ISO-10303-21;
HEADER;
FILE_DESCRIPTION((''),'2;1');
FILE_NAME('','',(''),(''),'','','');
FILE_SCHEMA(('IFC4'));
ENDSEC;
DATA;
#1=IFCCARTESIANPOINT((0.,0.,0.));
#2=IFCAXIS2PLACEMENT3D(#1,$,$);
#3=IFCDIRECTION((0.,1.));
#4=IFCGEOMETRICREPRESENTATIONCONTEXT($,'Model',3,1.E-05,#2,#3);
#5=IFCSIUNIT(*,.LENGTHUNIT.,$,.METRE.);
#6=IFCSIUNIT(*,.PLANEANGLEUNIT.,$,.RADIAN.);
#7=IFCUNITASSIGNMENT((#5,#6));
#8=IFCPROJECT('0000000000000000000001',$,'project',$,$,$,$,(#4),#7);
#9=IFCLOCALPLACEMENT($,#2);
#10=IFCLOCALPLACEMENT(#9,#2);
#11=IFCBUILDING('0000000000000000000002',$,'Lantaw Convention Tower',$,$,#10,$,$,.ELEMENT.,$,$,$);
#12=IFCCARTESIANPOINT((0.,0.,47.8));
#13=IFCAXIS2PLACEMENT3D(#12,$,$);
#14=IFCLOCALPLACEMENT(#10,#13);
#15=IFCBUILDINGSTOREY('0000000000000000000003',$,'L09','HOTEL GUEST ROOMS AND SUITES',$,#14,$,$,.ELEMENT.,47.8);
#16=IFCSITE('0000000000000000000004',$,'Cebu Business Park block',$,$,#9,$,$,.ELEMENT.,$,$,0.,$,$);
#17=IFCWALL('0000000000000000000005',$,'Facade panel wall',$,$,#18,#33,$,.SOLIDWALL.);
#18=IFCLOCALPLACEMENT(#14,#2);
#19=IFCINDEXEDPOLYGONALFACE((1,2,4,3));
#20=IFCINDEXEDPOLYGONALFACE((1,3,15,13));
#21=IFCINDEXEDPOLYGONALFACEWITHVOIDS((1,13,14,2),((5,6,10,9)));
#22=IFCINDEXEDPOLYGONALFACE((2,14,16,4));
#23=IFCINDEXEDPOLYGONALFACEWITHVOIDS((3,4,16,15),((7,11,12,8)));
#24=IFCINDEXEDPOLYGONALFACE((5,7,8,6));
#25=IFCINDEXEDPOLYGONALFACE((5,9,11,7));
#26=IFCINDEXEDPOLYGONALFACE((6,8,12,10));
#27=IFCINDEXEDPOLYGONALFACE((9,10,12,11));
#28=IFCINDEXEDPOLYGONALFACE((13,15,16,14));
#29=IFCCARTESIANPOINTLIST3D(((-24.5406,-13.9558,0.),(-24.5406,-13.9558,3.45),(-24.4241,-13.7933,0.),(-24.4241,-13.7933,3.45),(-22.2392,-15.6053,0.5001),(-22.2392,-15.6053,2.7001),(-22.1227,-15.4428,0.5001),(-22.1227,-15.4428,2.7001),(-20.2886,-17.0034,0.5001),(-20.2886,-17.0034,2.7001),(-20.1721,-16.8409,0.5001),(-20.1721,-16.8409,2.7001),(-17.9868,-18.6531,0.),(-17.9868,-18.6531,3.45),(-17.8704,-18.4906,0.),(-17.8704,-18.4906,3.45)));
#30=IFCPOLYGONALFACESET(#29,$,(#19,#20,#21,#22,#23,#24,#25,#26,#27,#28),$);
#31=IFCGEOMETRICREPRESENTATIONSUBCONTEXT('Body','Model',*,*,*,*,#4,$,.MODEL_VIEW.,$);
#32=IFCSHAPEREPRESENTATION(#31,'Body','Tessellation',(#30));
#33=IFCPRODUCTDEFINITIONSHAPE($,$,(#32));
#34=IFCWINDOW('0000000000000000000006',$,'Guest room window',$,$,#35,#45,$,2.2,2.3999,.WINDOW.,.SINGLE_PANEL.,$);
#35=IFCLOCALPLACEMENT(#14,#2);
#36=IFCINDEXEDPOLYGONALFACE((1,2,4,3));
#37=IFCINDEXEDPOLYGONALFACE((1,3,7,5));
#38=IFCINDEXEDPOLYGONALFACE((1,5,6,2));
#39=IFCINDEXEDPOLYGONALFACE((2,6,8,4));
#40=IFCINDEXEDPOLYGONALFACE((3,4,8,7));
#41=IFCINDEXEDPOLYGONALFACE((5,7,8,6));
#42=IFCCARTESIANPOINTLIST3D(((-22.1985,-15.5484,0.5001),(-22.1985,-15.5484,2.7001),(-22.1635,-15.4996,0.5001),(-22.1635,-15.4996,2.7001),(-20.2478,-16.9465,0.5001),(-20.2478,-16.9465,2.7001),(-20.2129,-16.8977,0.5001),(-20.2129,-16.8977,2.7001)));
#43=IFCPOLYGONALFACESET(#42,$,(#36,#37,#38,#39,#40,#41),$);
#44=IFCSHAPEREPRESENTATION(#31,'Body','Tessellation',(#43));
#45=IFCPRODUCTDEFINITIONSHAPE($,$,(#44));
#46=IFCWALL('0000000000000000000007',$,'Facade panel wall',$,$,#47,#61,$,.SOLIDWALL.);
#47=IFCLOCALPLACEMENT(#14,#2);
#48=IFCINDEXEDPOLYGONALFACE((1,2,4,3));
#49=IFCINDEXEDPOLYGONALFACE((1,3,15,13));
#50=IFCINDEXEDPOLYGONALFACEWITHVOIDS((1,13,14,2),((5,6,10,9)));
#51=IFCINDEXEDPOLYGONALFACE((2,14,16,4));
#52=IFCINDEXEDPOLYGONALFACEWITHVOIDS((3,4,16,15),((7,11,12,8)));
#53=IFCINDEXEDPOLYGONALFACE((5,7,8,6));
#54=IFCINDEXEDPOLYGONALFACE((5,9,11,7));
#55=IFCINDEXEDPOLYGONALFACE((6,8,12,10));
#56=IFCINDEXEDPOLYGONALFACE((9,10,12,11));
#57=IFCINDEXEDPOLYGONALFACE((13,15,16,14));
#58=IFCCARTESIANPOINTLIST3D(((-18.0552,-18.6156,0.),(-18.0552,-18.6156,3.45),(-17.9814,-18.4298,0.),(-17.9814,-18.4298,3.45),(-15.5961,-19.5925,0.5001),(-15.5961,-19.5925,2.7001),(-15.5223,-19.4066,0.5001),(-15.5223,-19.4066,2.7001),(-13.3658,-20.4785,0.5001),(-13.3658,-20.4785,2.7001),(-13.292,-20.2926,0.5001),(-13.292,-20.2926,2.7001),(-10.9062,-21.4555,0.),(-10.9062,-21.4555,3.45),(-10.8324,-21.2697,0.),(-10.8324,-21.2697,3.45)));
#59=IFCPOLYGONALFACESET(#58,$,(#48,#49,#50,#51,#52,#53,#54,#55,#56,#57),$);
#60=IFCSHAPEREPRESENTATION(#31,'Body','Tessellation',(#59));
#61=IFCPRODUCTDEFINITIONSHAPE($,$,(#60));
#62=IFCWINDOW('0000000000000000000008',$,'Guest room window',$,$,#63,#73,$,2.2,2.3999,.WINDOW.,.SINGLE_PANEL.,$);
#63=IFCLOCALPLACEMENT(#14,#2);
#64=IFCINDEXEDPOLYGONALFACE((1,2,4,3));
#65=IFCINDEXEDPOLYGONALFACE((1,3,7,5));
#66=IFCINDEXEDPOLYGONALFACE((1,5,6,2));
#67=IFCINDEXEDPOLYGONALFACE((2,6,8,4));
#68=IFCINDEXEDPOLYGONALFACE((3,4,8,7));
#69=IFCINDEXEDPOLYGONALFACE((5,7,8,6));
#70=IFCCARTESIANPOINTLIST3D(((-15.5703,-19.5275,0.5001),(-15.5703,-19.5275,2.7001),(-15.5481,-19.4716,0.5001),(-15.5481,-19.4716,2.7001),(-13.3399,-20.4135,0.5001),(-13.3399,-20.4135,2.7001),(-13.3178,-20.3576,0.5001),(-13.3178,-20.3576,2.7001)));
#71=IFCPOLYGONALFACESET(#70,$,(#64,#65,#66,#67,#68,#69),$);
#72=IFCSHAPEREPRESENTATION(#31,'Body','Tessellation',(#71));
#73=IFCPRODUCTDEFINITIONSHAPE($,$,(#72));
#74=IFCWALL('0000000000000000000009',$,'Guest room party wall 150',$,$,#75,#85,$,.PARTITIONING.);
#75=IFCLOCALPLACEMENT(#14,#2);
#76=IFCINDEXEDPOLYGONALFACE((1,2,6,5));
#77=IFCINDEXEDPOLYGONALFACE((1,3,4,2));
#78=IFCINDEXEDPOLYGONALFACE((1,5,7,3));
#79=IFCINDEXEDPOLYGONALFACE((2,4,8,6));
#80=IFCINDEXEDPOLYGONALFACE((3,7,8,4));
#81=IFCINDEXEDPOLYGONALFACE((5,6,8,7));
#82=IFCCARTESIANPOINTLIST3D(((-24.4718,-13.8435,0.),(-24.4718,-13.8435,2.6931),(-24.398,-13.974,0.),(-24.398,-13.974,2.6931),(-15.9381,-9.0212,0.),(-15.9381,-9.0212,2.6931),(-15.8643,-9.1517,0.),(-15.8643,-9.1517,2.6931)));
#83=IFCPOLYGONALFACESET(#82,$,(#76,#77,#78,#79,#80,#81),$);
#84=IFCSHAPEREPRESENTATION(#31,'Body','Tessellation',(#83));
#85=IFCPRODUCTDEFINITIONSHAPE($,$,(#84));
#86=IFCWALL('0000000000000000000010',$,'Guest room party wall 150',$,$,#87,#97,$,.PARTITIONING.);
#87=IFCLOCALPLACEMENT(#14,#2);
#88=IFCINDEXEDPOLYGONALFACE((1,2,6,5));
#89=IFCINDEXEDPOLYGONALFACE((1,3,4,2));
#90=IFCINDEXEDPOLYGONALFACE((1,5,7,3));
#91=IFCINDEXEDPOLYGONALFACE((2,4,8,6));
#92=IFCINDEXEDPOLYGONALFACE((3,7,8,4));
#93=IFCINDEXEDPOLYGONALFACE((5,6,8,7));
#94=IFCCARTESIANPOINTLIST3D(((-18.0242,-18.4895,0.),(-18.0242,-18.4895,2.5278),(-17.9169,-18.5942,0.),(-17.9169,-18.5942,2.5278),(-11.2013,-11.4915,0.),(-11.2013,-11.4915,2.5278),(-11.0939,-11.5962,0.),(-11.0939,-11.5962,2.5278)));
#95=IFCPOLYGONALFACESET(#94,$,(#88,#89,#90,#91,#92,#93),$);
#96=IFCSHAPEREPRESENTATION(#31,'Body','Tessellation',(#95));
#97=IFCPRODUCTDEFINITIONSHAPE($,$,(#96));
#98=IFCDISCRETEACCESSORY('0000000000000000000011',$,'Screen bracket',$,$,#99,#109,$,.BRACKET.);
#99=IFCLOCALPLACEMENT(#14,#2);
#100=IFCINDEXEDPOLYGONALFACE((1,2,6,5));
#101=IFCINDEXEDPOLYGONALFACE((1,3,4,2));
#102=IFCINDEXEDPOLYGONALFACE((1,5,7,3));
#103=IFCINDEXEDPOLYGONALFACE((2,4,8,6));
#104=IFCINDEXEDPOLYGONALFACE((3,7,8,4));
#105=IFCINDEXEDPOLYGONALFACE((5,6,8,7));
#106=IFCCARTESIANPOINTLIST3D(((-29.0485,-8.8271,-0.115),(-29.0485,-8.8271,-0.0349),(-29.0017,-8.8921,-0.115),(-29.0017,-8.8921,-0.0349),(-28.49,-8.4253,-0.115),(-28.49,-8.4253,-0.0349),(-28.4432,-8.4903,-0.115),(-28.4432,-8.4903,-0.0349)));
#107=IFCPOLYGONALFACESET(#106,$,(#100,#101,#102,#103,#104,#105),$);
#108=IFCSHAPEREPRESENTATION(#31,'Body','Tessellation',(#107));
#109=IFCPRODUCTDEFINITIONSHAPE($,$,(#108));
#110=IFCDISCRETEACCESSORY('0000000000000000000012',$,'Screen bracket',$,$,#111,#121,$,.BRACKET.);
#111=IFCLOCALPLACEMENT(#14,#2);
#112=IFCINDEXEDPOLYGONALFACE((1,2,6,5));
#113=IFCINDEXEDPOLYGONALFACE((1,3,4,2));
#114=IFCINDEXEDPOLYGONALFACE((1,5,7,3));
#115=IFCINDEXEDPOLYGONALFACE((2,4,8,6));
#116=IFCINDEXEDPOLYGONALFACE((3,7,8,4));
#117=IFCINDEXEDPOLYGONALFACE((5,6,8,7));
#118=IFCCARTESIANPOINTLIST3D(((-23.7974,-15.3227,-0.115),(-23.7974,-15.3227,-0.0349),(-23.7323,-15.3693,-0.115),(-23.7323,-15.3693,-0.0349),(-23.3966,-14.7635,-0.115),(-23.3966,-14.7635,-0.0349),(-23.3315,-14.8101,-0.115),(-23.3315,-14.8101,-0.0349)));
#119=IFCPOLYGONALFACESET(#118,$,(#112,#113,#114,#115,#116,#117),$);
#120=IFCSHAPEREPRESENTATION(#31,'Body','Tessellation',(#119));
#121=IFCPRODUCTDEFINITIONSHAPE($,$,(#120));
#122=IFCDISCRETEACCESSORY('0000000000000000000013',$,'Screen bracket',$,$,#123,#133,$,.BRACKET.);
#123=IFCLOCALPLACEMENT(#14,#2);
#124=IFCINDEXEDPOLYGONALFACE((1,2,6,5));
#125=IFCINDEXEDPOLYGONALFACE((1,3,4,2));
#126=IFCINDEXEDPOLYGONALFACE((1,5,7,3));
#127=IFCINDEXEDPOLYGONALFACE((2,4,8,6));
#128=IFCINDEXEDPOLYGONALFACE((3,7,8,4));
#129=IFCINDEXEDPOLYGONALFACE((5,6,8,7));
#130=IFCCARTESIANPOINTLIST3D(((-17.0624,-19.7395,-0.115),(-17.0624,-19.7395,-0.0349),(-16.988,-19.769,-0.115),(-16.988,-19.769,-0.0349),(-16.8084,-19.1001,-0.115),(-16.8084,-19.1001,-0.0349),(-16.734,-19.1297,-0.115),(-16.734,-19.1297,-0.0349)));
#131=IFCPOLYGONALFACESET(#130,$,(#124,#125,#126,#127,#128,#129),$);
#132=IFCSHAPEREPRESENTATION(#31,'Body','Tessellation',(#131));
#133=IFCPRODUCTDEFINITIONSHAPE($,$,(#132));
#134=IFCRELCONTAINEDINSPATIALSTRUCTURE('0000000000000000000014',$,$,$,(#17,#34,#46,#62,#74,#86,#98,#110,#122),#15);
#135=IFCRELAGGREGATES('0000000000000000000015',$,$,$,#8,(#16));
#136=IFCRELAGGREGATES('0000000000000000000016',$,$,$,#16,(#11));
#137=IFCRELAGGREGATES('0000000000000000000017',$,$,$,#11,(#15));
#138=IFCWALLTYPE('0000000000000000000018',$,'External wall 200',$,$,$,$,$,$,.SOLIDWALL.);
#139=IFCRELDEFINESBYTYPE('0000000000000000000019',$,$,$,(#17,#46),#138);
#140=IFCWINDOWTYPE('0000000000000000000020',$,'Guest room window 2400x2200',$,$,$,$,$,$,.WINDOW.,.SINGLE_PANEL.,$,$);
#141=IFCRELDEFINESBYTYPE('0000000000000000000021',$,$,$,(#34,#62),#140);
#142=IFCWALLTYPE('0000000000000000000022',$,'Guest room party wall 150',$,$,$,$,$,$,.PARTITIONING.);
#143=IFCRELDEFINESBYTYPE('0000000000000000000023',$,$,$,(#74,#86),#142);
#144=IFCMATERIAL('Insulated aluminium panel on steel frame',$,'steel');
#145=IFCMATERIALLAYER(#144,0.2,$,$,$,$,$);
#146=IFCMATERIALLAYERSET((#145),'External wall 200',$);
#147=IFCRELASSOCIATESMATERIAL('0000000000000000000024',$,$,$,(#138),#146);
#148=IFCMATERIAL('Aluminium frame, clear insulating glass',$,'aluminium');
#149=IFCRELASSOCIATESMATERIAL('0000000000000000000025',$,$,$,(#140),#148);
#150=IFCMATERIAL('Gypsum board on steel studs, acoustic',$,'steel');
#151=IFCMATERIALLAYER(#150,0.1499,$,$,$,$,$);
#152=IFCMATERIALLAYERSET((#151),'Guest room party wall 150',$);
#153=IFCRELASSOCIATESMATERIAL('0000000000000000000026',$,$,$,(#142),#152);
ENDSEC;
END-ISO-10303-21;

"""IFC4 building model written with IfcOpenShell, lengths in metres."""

from ifc_helpers import new_model, si_unit, direction, frame, frame_2d, origin, origin_2d, place, context, subcontext, project, spatial, rectangle, extrude, material, layer, layer_set, type_object, element, fill, save


model = new_model("IFC4")

# Units and contexts
model_context = context("Model", 3, precision=1e-05, world=origin(), true_north=direction((0.0, 1.0)))
body_context = subcontext(model_context, "Body", "Model", "MODEL_VIEW")
ifc_project = project(units=[si_unit("LENGTHUNIT", "METRE"), si_unit("PLANEANGLEUNIT", "RADIAN")], contexts=[model_context])

# Site, building, storey
site_placement = place(None, origin())
site = spatial("IfcSite", under=ifc_project, at=site_placement, Name="Cebu Business Park block", CompositionType="ELEMENT", RefElevation=0.0)
building_placement = place(site_placement, origin())
building = spatial("IfcBuilding", under=site, at=building_placement, Name="Lantaw Convention Tower", CompositionType="ELEMENT")
storey_placement = place(building_placement, frame((0.0, 0.0, 47.8)))
storey = spatial("IfcBuildingStorey", under=building, at=storey_placement, Name="L09", Description="HOTEL GUEST ROOMS AND SUITES", CompositionType="ELEMENT", Elevation=47.8)

# Walls, openings, windows
ifc_material_1 = material(Name="Insulated aluminium panel on steel frame", Category="steel")
ifc_layer_1 = layer(ifc_material_1, 0.2)
ifc_layer_set_1 = layer_set([ifc_layer_1], Name="External wall 200")
wall_type_1 = type_object("IfcWallType", Name="External wall 200", PredefinedType="SOLIDWALL", material=ifc_layer_set_1)
wall_1_placement = place(storey_placement, frame((-24.4824, -13.8745, 0.0), z_axis=(0.0, 0.0, 1.0), x_axis=(0.812791, -0.582555, 0.0)))
wall_1 = element("IfcWall", 1, at=wall_1_placement, inside=storey, type_object=wall_type_1, Name="Facade panel wall", PredefinedType="SOLIDWALL", context=body_context, shape_type="SweptSolid", body=[
    extrude(rectangle(XDim=8.0632, YDim=0.2, at=frame_2d((4.0317, 0.0))), origin(), (0.0, 0.0, 1.0), 3.45),
])
opening_1_placement = place(wall_1_placement, frame((2.8315, 0.0, 0.5)))
opening_1 = element("IfcOpeningElement", 2, at=opening_1_placement, cuts=wall_1, PredefinedType="OPENING", context=body_context, shape_type="SweptSolid", body=[
    extrude(rectangle(XDim=2.3999, YDim=2.2, at=frame_2d((1.2, 1.1001))), frame((0.0, 0.1099, 0.0), z_axis=(0.0, -1.0, 0.0), x_axis=(1.0, 0.0, 0.0)), (0.0, 0.0, 1.0), 0.22),
])
ifc_material_2 = material(Name="Aluminium frame, clear insulating glass", Category="aluminium")
window_type = type_object("IfcWindowType", Name="Guest room window 2400x2200", PartitioningType="SINGLE_PANEL", PredefinedType="WINDOW", material=ifc_material_2)
window_1_placement = place(opening_1_placement, origin())
window_1 = element("IfcWindow", 3, at=window_1_placement, inside=storey, type_object=window_type, Name="Guest room window", OverallHeight=2.2, OverallWidth=2.3999, PartitioningType="SINGLE_PANEL", PredefinedType="WINDOW", context=body_context, shape_type="SweptSolid", body=[
    extrude(rectangle(XDim=2.3999, YDim=2.2, at=frame_2d((1.2, 1.1001))), frame((0.0, 0.03, 0.0), z_axis=(0.0, -1.0, 0.0), x_axis=(1.0, 0.0, 0.0)), (0.0, 0.0, 1.0), 0.0601),
])
fill(opening_1, window_1)
wall_2_placement = place(storey_placement, frame((-18.0183, -18.5227, 0.0), z_axis=(0.0, 0.0, 1.0), x_axis=(0.929358, -0.369179, 0.0)))
wall_2 = element("IfcWall", 4, at=wall_2_placement, inside=storey, type_object=wall_type_1, Name="Facade panel wall", PredefinedType="SOLIDWALL", context=body_context, shape_type="SweptSolid", body=[
    extrude(rectangle(XDim=7.6924, YDim=0.2, at=frame_2d((3.8462, 0.0))), origin(), (0.0, 0.0, 1.0), 3.45),
])
opening_2_placement = place(wall_2_placement, frame((2.646, 0.0, 0.5)))
opening_2 = element("IfcOpeningElement", 5, at=opening_2_placement, cuts=wall_2, PredefinedType="OPENING", context=body_context, shape_type="SweptSolid", body=[
    extrude(rectangle(XDim=2.3999, YDim=2.2, at=frame_2d((1.2, 1.1001))), frame((0.0, 0.1099, 0.0), z_axis=(0.0, -1.0, 0.0), x_axis=(1.0, 0.0, 0.0)), (0.0, 0.0, 1.0), 0.22),
])
window_2_placement = place(opening_2_placement, origin())
window_2 = element("IfcWindow", 6, at=window_2_placement, inside=storey, type_object=window_type, Name="Guest room window", OverallHeight=2.2, OverallWidth=2.3999, PartitioningType="SINGLE_PANEL", PredefinedType="WINDOW", context=body_context, shape_type="SweptSolid", body=[
    extrude(rectangle(XDim=2.3999, YDim=2.2, at=frame_2d((1.2, 1.1001))), frame((0.0, 0.03, 0.0), z_axis=(0.0, -1.0, 0.0), x_axis=(1.0, 0.0, 0.0)), (0.0, 0.0, 1.0), 0.0601),
])
fill(opening_2, window_2)

# Walls
ifc_material_3 = material(Name="Gypsum board on steel studs, acoustic", Category="steel")
ifc_layer_2 = layer(ifc_material_3, 0.1499)
ifc_layer_set_2 = layer_set([ifc_layer_2], Name="Guest room party wall 150")
wall_type_2 = type_object("IfcWallType", Name="Guest room party wall 150", PredefinedType="PARTITIONING", material=ifc_layer_set_2)
wall_3_placement = place(storey_placement, frame((-24.4348, -13.9087, 0.0), z_axis=(0.0, 0.0, 1.0), x_axis=(0.870612, 0.49197, 0.0)))
element("IfcWall", 7, at=wall_3_placement, inside=storey, type_object=wall_type_2, Name="Guest room party wall 150", PredefinedType="PARTITIONING", context=body_context, shape_type="SweptSolid", body=[
    extrude(rectangle(XDim=9.802, YDim=0.1499, at=frame_2d((4.9009, 0.0))), origin(), (0.0, 0.0, 1.0), 2.6931),
])
wall_4_placement = place(storey_placement, frame((-17.9705, -18.5417, 0.0), z_axis=(0.0, 0.0, 1.0), x_axis=(0.698095, 0.716005, 0.0)))
element("IfcWall", 8, at=wall_4_placement, inside=storey, type_object=wall_type_2, Name="Guest room party wall 150", PredefinedType="PARTITIONING", context=body_context, shape_type="SweptSolid", body=[
    extrude(rectangle(XDim=9.7737, YDim=0.1499, at=frame_2d((4.8867, 0.0))), origin(), (0.0, 0.0, 1.0), 2.5278),
])

# Discrete accessories
for number, where, z_axis, x_axis, name in (
    (9, (-28.7458, -8.6587, -0.115), (0.0, 0.0, 1.0), (0.583951, -0.811789, 0.0), "Screen bracket"),
    (10, (-23.5645, -15.0664, -0.115), (0.0, 0.0, 1.0), (0.812804, -0.582538, 0.0), "Screen bracket"),
    (11, (-16.8982, -19.4346, -0.115), (0.0, 0.0, 1.0), (0.929361, -0.369172, 0.0), "Screen bracket"),
):
    element("IfcDiscreteAccessory", number, at=place(storey_placement, frame(where, z_axis=z_axis, x_axis=x_axis)), inside=storey, Name=name, PredefinedType="BRACKET", context=body_context, shape_type="SweptSolid", body=[
        extrude(rectangle(XDim=0.0801, YDim=0.688, at=origin_2d()), origin(), (0.0, 0.0, 1.0), 0.0801),
    ])

save(model, "model.ifc")
